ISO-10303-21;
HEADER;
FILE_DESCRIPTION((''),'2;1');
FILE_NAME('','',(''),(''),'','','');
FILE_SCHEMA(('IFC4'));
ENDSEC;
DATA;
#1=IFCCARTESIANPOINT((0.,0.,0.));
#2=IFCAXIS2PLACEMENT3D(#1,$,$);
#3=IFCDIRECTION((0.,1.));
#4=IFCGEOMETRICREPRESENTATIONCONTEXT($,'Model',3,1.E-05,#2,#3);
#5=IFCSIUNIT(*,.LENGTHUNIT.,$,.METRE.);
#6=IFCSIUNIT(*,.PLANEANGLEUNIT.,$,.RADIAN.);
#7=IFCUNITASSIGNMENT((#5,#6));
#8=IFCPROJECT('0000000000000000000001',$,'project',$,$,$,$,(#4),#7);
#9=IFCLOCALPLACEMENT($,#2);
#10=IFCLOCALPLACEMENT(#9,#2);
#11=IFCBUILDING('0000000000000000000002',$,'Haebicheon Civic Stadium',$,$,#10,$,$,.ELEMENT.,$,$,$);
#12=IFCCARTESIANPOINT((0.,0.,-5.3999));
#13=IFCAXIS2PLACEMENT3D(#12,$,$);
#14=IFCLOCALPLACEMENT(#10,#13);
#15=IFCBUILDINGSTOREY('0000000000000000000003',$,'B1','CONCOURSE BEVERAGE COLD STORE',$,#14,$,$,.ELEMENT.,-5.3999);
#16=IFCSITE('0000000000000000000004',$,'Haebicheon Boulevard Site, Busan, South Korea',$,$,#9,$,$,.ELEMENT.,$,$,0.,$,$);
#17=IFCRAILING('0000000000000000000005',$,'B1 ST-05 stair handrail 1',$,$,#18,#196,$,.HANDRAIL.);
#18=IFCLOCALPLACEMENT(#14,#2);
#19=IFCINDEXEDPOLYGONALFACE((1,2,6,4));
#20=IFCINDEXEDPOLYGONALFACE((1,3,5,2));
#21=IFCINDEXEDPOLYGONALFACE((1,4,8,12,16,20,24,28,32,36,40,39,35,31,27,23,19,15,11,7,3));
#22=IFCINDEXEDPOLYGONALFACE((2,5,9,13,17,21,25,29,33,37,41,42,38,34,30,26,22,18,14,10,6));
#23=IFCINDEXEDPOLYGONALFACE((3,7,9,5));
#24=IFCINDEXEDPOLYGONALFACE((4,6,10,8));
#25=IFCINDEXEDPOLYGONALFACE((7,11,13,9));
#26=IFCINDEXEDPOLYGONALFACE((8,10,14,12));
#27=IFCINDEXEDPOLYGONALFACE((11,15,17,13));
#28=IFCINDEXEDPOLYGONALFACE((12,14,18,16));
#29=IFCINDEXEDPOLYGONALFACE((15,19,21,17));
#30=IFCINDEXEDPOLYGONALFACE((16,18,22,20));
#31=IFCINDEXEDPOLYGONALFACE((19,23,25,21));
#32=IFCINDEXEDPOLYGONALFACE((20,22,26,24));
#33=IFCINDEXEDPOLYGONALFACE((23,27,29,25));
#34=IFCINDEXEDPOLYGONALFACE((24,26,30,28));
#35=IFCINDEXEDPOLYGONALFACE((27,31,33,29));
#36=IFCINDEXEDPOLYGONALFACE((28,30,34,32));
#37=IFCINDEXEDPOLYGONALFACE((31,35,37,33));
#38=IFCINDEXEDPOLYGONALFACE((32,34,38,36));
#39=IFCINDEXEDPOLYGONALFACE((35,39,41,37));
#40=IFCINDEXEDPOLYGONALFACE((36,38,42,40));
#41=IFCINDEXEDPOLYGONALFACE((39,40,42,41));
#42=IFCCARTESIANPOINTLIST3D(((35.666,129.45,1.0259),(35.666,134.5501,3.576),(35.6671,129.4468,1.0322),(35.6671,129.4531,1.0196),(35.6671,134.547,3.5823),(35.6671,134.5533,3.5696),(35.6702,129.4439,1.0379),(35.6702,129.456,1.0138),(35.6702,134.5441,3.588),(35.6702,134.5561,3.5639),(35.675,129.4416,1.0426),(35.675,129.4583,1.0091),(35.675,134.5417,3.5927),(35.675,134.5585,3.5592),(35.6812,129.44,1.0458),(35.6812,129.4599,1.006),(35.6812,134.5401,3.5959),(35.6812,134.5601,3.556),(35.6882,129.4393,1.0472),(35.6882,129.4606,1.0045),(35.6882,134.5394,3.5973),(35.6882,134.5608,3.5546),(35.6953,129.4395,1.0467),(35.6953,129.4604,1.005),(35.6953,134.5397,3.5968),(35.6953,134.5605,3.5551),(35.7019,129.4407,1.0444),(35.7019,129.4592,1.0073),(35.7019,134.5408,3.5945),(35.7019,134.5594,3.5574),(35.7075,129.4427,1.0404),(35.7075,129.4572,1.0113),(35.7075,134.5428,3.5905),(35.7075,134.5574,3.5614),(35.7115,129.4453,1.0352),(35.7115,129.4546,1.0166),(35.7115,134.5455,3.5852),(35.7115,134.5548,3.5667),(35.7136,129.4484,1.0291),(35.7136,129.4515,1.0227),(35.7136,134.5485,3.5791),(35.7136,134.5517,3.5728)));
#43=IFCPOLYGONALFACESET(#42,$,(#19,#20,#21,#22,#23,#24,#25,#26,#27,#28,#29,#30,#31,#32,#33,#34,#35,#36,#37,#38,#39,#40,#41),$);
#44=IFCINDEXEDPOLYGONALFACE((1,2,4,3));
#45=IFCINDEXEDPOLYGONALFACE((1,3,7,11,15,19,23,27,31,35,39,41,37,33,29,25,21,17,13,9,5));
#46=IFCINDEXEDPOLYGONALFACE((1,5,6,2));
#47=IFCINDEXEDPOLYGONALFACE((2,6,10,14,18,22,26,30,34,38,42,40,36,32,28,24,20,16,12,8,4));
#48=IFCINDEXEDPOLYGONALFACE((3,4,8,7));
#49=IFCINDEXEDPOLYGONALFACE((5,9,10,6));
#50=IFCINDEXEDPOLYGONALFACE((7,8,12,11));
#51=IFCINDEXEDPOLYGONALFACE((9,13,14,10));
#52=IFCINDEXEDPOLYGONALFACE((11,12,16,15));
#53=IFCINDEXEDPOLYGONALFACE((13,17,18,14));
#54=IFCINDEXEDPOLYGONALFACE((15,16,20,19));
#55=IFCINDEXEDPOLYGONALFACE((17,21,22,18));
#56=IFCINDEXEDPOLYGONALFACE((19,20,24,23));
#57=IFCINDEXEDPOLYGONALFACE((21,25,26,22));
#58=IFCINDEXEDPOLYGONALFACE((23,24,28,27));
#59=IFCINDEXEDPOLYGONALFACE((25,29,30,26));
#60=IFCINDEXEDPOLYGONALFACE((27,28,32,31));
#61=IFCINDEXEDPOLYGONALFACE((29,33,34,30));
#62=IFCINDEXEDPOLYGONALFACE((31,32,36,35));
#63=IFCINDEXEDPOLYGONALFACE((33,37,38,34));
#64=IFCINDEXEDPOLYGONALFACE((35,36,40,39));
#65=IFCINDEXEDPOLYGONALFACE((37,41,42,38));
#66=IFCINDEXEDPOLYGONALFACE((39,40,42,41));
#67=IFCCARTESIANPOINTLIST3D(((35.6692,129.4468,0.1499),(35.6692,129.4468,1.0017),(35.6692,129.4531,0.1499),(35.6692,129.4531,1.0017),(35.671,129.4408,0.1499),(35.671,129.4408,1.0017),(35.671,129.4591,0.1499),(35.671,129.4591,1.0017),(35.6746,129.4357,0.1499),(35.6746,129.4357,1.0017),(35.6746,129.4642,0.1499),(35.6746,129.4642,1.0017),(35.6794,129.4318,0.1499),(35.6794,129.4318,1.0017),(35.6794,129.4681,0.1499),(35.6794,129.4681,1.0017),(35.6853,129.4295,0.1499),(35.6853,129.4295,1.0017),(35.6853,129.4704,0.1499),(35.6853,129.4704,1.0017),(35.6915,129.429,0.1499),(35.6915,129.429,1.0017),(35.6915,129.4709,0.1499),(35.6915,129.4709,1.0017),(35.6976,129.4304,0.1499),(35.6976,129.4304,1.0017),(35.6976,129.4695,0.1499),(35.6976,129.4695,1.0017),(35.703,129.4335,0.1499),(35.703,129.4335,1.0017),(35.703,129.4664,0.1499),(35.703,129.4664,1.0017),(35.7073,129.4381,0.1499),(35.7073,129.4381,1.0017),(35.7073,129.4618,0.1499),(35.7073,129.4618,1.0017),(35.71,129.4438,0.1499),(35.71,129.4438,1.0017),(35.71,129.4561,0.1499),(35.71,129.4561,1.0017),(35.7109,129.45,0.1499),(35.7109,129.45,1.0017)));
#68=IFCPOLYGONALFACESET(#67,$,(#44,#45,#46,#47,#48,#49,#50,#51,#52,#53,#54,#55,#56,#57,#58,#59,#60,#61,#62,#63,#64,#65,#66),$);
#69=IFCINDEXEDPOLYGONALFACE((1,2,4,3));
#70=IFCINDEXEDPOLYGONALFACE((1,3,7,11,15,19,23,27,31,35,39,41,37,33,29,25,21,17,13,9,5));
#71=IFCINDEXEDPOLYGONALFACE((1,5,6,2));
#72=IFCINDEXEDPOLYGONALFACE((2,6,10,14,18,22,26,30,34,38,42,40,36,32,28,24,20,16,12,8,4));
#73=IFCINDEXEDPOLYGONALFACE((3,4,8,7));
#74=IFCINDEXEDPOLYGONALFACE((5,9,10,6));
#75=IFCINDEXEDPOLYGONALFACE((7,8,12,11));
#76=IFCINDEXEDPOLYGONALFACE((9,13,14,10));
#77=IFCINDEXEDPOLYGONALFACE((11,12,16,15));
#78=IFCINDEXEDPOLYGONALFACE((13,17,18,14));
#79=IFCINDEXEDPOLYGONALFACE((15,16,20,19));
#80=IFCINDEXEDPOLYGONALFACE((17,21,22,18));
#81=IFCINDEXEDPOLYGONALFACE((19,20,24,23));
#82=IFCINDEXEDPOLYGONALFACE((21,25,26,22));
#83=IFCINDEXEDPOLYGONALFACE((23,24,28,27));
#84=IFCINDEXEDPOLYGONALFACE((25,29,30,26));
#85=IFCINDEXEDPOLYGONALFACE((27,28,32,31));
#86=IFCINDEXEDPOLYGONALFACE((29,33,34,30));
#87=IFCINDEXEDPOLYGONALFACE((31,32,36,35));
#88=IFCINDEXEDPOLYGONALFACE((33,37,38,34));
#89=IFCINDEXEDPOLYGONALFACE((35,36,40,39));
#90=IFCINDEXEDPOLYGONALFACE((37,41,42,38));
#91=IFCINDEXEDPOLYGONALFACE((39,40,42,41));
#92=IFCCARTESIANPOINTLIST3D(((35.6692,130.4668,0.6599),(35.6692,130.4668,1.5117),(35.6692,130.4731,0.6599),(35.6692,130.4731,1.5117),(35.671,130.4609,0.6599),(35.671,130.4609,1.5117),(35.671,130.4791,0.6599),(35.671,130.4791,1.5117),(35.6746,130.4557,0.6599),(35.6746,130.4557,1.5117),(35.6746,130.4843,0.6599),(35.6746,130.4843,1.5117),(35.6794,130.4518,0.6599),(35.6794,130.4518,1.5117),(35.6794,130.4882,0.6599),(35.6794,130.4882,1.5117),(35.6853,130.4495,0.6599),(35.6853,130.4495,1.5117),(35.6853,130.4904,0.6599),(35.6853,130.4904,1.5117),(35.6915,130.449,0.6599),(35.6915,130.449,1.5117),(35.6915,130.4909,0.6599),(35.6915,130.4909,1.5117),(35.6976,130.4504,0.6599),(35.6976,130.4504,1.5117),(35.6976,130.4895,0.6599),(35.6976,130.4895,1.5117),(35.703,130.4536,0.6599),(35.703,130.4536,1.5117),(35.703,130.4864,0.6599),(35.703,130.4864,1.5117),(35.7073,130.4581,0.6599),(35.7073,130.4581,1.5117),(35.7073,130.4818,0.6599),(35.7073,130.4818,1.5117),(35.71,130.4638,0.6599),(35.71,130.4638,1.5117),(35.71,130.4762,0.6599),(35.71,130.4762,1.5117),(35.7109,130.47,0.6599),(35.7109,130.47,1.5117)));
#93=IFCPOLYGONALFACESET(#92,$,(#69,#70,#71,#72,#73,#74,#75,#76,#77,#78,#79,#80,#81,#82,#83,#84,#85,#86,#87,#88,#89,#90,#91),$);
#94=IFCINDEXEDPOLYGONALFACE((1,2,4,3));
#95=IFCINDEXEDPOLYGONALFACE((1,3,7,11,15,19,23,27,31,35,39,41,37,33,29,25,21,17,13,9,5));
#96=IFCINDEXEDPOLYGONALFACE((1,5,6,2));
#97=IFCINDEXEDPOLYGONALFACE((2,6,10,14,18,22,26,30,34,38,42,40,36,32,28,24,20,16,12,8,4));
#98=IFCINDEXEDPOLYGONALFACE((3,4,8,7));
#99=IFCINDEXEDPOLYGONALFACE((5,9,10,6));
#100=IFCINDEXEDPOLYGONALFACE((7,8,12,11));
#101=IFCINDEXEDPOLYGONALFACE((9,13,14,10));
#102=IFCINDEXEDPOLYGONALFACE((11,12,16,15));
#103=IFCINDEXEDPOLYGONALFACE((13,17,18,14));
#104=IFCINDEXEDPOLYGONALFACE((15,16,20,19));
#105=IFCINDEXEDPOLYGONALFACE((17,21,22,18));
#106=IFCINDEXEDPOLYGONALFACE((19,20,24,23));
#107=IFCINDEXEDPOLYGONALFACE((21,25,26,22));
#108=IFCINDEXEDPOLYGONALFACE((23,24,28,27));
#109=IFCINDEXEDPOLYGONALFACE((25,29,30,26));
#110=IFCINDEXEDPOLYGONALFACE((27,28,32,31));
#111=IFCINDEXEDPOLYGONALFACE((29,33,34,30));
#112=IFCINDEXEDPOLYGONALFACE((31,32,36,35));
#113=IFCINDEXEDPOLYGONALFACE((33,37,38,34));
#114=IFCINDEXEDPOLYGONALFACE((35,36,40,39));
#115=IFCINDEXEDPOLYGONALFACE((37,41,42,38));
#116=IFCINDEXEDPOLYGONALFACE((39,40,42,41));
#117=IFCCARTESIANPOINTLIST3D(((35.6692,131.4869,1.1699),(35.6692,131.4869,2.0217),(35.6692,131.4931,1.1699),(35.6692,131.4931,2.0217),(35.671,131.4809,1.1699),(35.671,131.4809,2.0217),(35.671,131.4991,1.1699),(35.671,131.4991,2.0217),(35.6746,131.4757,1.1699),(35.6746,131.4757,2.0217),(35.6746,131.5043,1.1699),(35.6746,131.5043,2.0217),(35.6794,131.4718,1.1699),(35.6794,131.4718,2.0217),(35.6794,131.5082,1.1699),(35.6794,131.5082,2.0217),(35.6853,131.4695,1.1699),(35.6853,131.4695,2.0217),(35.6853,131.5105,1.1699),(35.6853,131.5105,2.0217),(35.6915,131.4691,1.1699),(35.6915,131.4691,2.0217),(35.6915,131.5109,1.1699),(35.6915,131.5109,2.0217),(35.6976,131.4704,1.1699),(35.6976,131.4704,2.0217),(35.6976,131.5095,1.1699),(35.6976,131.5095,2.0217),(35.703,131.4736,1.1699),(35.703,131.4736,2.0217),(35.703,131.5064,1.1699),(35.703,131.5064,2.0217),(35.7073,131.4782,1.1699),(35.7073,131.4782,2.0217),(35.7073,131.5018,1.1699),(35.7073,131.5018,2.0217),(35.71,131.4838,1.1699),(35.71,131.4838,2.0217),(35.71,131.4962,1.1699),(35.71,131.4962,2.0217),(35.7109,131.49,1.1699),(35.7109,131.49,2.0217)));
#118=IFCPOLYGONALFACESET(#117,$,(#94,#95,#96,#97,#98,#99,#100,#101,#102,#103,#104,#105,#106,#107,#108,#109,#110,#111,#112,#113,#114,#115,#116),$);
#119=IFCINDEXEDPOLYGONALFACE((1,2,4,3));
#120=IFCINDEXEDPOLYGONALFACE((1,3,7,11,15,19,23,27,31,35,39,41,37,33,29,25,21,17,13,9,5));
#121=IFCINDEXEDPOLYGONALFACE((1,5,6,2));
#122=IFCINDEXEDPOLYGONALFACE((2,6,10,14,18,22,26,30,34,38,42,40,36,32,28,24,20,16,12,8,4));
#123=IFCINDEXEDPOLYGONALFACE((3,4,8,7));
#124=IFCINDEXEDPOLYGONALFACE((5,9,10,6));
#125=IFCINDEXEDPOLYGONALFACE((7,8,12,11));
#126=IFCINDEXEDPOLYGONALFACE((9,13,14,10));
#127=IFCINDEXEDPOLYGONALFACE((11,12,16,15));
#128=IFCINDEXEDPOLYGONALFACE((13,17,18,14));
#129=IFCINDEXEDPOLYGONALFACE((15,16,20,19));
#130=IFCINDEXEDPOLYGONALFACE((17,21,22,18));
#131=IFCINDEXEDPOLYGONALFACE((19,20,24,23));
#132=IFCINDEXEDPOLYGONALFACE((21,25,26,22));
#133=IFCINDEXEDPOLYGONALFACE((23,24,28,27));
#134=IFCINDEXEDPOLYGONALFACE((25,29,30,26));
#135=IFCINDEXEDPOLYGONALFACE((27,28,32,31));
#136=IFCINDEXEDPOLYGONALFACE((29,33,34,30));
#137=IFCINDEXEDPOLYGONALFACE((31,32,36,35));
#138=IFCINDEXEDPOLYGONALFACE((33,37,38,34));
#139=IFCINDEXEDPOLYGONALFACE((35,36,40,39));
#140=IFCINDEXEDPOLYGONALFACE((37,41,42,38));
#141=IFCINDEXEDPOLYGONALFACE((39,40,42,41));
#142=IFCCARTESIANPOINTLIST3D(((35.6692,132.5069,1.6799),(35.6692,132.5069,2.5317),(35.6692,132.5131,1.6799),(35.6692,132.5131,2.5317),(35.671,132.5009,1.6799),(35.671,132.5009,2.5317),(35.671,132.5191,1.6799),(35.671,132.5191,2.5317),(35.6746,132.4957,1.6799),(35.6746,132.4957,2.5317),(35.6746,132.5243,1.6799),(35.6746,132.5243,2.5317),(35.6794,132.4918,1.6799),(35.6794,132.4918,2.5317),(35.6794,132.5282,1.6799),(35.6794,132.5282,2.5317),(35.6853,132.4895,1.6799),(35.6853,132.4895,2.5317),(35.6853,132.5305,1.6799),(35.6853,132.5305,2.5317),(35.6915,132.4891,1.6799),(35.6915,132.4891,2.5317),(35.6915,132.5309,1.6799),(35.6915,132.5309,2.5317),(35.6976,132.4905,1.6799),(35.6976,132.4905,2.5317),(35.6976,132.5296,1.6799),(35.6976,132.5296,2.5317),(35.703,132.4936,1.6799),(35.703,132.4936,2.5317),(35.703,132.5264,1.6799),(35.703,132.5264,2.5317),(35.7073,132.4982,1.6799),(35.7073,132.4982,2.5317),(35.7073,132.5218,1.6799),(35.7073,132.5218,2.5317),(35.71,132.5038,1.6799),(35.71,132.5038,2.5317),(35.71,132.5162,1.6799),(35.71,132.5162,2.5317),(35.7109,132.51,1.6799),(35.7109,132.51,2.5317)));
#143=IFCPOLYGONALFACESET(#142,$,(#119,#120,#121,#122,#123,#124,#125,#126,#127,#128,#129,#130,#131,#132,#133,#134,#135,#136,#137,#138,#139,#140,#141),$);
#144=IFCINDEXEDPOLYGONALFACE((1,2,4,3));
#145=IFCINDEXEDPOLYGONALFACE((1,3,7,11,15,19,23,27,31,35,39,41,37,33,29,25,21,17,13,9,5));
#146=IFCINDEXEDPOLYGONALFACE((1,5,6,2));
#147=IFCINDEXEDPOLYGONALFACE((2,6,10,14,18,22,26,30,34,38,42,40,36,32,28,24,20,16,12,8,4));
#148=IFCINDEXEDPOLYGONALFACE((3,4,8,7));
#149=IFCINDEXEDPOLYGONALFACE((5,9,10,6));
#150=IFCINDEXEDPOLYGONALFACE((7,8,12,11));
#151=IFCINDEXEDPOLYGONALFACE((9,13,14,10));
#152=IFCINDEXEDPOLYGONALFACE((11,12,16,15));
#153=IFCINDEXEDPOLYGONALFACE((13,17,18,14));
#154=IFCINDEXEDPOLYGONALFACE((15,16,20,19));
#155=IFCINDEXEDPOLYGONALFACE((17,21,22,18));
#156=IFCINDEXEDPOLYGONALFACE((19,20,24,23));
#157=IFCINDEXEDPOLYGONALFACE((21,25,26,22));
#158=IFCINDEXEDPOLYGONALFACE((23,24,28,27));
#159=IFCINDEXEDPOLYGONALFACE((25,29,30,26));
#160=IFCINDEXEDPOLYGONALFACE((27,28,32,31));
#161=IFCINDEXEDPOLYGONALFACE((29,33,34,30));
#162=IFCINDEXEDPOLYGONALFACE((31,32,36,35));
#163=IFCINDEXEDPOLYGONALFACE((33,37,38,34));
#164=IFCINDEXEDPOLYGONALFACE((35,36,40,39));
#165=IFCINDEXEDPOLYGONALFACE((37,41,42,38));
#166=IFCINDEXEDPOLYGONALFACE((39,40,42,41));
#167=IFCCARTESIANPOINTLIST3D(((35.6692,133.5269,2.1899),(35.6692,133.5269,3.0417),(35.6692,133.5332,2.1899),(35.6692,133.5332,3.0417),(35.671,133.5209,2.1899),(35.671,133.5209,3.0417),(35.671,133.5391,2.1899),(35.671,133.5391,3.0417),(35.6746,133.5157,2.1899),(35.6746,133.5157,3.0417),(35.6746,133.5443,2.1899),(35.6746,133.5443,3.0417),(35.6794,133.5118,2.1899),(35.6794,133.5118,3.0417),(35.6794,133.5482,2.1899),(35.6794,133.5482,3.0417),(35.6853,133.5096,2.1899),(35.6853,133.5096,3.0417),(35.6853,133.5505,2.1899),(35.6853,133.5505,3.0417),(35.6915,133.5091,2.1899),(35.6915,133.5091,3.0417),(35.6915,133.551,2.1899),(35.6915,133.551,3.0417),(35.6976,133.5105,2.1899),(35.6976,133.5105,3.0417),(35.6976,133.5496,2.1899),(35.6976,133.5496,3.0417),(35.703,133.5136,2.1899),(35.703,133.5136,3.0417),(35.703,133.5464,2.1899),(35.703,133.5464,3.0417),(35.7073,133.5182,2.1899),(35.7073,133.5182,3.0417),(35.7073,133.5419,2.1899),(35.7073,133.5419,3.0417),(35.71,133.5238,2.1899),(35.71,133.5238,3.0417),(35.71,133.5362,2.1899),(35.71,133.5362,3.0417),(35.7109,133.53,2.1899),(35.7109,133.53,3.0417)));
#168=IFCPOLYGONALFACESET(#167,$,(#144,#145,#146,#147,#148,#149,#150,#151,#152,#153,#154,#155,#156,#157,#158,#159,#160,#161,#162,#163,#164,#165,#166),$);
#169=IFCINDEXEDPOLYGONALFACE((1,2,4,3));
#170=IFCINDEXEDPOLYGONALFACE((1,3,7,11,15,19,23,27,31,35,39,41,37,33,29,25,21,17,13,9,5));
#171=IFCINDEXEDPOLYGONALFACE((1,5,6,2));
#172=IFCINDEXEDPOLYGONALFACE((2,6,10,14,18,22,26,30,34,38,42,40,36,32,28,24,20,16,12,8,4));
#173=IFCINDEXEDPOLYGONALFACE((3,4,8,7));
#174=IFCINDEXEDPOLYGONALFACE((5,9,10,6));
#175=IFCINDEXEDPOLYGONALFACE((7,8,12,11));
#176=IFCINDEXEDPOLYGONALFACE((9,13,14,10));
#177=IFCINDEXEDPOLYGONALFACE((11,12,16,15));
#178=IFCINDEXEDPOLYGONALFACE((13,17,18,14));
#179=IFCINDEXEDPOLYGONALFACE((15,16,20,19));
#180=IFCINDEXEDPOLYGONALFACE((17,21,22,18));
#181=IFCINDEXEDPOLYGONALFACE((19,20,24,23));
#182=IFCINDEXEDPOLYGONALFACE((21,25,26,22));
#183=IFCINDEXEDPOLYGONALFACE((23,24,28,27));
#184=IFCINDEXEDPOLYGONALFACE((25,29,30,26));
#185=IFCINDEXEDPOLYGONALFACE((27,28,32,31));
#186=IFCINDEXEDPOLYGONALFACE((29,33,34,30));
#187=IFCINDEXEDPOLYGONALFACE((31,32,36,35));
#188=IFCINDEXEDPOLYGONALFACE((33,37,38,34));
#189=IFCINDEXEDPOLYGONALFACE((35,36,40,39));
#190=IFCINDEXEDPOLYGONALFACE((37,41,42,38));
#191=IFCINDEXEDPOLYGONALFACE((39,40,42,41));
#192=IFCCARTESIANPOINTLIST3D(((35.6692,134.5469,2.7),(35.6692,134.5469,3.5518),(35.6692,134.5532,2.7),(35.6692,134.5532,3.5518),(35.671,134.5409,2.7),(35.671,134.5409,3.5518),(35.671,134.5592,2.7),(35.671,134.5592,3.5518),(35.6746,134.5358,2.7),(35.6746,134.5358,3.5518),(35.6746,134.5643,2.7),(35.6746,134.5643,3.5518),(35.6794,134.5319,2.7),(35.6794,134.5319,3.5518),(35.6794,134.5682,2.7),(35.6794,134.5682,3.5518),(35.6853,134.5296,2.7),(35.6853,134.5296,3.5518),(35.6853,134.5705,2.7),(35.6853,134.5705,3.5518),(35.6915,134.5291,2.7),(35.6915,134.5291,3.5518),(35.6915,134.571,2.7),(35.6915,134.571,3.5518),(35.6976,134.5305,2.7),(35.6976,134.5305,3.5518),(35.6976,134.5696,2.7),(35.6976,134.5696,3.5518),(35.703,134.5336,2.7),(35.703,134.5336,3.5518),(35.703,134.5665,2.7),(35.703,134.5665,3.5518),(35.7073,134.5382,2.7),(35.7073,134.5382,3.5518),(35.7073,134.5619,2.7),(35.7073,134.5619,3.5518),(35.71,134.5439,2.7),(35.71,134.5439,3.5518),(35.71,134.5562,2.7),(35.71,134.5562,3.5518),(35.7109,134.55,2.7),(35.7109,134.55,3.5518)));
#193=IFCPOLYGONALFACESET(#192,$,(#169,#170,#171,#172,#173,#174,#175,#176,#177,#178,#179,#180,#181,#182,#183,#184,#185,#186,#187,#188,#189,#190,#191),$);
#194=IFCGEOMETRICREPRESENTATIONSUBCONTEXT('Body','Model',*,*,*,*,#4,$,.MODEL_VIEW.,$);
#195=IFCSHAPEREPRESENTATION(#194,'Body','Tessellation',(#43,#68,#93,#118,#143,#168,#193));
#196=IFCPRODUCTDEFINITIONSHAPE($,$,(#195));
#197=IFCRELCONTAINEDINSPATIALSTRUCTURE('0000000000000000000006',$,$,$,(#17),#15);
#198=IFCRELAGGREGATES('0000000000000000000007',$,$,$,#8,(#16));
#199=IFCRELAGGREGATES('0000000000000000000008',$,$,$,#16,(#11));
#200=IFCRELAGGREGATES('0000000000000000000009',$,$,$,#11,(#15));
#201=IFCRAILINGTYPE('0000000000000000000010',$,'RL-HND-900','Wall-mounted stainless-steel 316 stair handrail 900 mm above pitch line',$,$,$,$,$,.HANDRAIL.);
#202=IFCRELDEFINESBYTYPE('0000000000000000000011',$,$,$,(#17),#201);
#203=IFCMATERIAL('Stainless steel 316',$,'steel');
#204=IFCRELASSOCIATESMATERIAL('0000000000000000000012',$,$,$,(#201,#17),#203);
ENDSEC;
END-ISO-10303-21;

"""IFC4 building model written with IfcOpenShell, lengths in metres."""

from ifc_helpers import new_model, si_unit, direction, frame, origin, origin_2d, place, context, subcontext, project, spatial, circle, extrude, material, type_object, element, save


model = new_model("IFC4")

# Units and contexts
model_context = context("Model", 3, precision=1e-05, world=origin(), true_north=direction((0.0, 1.0)))
body_context = subcontext(model_context, "Body", "Model", "MODEL_VIEW")
ifc_project = project(units=[si_unit("LENGTHUNIT", "METRE"), si_unit("PLANEANGLEUNIT", "RADIAN")], contexts=[model_context])

# Site, building, storey
site_placement = place(None, origin())
site = spatial("IfcSite", under=ifc_project, at=site_placement, Name="Haebicheon Boulevard Site, Busan, South Korea", CompositionType="ELEMENT", RefElevation=0.0)
building_placement = place(site_placement, origin())
building = spatial("IfcBuilding", under=site, at=building_placement, Name="Haebicheon Civic Stadium", CompositionType="ELEMENT")
storey_placement = place(building_placement, frame((0.0, 0.0, -5.3999)))
storey = spatial("IfcBuildingStorey", under=building, at=storey_placement, Name="B1", Description="CONCOURSE BEVERAGE COLD STORE", CompositionType="ELEMENT", Elevation=-5.3999)

# Railing
ifc_material_1 = material(Name="Stainless steel 316", Category="steel")
railing_type = type_object("IfcRailingType", Name="RL-HND-900", Description="Wall-mounted stainless-steel 316 stair handrail 900 mm above pitch line", PredefinedType="HANDRAIL", material=ifc_material_1)
railing_placement = place(storey_placement, frame((35.6899, 129.45, 0.1499)))
element("IfcRailing", 1, at=railing_placement, inside=storey, type_object=railing_type, material=ifc_material_1, Name="B1 ST-05 stair handrail 1", PredefinedType="HANDRAIL", context=body_context, shape_type="SweptSolid", body=[
    extrude(circle(Radius=0.0239, at=origin_2d()), frame((0.0, 0.0, 0.876), z_axis=(0.0, 0.894427, 0.447214), x_axis=(-1.0, 0.0, 0.0)), (0.0, 0.0, 1.0), 5.7021),
    extrude(circle(Radius=0.021, at=origin_2d()), origin(), (0.0, 0.0, 1.0), 0.8518),
    extrude(circle(Radius=0.021, at=origin_2d()), frame((0.0, 1.02, 0.51)), (0.0, 0.0, 1.0), 0.8518),
    extrude(circle(Radius=0.021, at=origin_2d()), frame((0.0, 2.04, 1.02)), (0.0, 0.0, 1.0), 0.8518),
    extrude(circle(Radius=0.021, at=origin_2d()), frame((0.0, 3.0601, 1.53)), (0.0, 0.0, 1.0), 0.8518),
    extrude(circle(Radius=0.021, at=origin_2d()), frame((0.0, 4.0801, 2.04)), (0.0, 0.0, 1.0), 0.8518),
    extrude(circle(Radius=0.021, at=origin_2d()), frame((0.0, 5.1001, 2.55)), (0.0, 0.0, 1.0), 0.8518),
])

save(model, "model.ifc")
